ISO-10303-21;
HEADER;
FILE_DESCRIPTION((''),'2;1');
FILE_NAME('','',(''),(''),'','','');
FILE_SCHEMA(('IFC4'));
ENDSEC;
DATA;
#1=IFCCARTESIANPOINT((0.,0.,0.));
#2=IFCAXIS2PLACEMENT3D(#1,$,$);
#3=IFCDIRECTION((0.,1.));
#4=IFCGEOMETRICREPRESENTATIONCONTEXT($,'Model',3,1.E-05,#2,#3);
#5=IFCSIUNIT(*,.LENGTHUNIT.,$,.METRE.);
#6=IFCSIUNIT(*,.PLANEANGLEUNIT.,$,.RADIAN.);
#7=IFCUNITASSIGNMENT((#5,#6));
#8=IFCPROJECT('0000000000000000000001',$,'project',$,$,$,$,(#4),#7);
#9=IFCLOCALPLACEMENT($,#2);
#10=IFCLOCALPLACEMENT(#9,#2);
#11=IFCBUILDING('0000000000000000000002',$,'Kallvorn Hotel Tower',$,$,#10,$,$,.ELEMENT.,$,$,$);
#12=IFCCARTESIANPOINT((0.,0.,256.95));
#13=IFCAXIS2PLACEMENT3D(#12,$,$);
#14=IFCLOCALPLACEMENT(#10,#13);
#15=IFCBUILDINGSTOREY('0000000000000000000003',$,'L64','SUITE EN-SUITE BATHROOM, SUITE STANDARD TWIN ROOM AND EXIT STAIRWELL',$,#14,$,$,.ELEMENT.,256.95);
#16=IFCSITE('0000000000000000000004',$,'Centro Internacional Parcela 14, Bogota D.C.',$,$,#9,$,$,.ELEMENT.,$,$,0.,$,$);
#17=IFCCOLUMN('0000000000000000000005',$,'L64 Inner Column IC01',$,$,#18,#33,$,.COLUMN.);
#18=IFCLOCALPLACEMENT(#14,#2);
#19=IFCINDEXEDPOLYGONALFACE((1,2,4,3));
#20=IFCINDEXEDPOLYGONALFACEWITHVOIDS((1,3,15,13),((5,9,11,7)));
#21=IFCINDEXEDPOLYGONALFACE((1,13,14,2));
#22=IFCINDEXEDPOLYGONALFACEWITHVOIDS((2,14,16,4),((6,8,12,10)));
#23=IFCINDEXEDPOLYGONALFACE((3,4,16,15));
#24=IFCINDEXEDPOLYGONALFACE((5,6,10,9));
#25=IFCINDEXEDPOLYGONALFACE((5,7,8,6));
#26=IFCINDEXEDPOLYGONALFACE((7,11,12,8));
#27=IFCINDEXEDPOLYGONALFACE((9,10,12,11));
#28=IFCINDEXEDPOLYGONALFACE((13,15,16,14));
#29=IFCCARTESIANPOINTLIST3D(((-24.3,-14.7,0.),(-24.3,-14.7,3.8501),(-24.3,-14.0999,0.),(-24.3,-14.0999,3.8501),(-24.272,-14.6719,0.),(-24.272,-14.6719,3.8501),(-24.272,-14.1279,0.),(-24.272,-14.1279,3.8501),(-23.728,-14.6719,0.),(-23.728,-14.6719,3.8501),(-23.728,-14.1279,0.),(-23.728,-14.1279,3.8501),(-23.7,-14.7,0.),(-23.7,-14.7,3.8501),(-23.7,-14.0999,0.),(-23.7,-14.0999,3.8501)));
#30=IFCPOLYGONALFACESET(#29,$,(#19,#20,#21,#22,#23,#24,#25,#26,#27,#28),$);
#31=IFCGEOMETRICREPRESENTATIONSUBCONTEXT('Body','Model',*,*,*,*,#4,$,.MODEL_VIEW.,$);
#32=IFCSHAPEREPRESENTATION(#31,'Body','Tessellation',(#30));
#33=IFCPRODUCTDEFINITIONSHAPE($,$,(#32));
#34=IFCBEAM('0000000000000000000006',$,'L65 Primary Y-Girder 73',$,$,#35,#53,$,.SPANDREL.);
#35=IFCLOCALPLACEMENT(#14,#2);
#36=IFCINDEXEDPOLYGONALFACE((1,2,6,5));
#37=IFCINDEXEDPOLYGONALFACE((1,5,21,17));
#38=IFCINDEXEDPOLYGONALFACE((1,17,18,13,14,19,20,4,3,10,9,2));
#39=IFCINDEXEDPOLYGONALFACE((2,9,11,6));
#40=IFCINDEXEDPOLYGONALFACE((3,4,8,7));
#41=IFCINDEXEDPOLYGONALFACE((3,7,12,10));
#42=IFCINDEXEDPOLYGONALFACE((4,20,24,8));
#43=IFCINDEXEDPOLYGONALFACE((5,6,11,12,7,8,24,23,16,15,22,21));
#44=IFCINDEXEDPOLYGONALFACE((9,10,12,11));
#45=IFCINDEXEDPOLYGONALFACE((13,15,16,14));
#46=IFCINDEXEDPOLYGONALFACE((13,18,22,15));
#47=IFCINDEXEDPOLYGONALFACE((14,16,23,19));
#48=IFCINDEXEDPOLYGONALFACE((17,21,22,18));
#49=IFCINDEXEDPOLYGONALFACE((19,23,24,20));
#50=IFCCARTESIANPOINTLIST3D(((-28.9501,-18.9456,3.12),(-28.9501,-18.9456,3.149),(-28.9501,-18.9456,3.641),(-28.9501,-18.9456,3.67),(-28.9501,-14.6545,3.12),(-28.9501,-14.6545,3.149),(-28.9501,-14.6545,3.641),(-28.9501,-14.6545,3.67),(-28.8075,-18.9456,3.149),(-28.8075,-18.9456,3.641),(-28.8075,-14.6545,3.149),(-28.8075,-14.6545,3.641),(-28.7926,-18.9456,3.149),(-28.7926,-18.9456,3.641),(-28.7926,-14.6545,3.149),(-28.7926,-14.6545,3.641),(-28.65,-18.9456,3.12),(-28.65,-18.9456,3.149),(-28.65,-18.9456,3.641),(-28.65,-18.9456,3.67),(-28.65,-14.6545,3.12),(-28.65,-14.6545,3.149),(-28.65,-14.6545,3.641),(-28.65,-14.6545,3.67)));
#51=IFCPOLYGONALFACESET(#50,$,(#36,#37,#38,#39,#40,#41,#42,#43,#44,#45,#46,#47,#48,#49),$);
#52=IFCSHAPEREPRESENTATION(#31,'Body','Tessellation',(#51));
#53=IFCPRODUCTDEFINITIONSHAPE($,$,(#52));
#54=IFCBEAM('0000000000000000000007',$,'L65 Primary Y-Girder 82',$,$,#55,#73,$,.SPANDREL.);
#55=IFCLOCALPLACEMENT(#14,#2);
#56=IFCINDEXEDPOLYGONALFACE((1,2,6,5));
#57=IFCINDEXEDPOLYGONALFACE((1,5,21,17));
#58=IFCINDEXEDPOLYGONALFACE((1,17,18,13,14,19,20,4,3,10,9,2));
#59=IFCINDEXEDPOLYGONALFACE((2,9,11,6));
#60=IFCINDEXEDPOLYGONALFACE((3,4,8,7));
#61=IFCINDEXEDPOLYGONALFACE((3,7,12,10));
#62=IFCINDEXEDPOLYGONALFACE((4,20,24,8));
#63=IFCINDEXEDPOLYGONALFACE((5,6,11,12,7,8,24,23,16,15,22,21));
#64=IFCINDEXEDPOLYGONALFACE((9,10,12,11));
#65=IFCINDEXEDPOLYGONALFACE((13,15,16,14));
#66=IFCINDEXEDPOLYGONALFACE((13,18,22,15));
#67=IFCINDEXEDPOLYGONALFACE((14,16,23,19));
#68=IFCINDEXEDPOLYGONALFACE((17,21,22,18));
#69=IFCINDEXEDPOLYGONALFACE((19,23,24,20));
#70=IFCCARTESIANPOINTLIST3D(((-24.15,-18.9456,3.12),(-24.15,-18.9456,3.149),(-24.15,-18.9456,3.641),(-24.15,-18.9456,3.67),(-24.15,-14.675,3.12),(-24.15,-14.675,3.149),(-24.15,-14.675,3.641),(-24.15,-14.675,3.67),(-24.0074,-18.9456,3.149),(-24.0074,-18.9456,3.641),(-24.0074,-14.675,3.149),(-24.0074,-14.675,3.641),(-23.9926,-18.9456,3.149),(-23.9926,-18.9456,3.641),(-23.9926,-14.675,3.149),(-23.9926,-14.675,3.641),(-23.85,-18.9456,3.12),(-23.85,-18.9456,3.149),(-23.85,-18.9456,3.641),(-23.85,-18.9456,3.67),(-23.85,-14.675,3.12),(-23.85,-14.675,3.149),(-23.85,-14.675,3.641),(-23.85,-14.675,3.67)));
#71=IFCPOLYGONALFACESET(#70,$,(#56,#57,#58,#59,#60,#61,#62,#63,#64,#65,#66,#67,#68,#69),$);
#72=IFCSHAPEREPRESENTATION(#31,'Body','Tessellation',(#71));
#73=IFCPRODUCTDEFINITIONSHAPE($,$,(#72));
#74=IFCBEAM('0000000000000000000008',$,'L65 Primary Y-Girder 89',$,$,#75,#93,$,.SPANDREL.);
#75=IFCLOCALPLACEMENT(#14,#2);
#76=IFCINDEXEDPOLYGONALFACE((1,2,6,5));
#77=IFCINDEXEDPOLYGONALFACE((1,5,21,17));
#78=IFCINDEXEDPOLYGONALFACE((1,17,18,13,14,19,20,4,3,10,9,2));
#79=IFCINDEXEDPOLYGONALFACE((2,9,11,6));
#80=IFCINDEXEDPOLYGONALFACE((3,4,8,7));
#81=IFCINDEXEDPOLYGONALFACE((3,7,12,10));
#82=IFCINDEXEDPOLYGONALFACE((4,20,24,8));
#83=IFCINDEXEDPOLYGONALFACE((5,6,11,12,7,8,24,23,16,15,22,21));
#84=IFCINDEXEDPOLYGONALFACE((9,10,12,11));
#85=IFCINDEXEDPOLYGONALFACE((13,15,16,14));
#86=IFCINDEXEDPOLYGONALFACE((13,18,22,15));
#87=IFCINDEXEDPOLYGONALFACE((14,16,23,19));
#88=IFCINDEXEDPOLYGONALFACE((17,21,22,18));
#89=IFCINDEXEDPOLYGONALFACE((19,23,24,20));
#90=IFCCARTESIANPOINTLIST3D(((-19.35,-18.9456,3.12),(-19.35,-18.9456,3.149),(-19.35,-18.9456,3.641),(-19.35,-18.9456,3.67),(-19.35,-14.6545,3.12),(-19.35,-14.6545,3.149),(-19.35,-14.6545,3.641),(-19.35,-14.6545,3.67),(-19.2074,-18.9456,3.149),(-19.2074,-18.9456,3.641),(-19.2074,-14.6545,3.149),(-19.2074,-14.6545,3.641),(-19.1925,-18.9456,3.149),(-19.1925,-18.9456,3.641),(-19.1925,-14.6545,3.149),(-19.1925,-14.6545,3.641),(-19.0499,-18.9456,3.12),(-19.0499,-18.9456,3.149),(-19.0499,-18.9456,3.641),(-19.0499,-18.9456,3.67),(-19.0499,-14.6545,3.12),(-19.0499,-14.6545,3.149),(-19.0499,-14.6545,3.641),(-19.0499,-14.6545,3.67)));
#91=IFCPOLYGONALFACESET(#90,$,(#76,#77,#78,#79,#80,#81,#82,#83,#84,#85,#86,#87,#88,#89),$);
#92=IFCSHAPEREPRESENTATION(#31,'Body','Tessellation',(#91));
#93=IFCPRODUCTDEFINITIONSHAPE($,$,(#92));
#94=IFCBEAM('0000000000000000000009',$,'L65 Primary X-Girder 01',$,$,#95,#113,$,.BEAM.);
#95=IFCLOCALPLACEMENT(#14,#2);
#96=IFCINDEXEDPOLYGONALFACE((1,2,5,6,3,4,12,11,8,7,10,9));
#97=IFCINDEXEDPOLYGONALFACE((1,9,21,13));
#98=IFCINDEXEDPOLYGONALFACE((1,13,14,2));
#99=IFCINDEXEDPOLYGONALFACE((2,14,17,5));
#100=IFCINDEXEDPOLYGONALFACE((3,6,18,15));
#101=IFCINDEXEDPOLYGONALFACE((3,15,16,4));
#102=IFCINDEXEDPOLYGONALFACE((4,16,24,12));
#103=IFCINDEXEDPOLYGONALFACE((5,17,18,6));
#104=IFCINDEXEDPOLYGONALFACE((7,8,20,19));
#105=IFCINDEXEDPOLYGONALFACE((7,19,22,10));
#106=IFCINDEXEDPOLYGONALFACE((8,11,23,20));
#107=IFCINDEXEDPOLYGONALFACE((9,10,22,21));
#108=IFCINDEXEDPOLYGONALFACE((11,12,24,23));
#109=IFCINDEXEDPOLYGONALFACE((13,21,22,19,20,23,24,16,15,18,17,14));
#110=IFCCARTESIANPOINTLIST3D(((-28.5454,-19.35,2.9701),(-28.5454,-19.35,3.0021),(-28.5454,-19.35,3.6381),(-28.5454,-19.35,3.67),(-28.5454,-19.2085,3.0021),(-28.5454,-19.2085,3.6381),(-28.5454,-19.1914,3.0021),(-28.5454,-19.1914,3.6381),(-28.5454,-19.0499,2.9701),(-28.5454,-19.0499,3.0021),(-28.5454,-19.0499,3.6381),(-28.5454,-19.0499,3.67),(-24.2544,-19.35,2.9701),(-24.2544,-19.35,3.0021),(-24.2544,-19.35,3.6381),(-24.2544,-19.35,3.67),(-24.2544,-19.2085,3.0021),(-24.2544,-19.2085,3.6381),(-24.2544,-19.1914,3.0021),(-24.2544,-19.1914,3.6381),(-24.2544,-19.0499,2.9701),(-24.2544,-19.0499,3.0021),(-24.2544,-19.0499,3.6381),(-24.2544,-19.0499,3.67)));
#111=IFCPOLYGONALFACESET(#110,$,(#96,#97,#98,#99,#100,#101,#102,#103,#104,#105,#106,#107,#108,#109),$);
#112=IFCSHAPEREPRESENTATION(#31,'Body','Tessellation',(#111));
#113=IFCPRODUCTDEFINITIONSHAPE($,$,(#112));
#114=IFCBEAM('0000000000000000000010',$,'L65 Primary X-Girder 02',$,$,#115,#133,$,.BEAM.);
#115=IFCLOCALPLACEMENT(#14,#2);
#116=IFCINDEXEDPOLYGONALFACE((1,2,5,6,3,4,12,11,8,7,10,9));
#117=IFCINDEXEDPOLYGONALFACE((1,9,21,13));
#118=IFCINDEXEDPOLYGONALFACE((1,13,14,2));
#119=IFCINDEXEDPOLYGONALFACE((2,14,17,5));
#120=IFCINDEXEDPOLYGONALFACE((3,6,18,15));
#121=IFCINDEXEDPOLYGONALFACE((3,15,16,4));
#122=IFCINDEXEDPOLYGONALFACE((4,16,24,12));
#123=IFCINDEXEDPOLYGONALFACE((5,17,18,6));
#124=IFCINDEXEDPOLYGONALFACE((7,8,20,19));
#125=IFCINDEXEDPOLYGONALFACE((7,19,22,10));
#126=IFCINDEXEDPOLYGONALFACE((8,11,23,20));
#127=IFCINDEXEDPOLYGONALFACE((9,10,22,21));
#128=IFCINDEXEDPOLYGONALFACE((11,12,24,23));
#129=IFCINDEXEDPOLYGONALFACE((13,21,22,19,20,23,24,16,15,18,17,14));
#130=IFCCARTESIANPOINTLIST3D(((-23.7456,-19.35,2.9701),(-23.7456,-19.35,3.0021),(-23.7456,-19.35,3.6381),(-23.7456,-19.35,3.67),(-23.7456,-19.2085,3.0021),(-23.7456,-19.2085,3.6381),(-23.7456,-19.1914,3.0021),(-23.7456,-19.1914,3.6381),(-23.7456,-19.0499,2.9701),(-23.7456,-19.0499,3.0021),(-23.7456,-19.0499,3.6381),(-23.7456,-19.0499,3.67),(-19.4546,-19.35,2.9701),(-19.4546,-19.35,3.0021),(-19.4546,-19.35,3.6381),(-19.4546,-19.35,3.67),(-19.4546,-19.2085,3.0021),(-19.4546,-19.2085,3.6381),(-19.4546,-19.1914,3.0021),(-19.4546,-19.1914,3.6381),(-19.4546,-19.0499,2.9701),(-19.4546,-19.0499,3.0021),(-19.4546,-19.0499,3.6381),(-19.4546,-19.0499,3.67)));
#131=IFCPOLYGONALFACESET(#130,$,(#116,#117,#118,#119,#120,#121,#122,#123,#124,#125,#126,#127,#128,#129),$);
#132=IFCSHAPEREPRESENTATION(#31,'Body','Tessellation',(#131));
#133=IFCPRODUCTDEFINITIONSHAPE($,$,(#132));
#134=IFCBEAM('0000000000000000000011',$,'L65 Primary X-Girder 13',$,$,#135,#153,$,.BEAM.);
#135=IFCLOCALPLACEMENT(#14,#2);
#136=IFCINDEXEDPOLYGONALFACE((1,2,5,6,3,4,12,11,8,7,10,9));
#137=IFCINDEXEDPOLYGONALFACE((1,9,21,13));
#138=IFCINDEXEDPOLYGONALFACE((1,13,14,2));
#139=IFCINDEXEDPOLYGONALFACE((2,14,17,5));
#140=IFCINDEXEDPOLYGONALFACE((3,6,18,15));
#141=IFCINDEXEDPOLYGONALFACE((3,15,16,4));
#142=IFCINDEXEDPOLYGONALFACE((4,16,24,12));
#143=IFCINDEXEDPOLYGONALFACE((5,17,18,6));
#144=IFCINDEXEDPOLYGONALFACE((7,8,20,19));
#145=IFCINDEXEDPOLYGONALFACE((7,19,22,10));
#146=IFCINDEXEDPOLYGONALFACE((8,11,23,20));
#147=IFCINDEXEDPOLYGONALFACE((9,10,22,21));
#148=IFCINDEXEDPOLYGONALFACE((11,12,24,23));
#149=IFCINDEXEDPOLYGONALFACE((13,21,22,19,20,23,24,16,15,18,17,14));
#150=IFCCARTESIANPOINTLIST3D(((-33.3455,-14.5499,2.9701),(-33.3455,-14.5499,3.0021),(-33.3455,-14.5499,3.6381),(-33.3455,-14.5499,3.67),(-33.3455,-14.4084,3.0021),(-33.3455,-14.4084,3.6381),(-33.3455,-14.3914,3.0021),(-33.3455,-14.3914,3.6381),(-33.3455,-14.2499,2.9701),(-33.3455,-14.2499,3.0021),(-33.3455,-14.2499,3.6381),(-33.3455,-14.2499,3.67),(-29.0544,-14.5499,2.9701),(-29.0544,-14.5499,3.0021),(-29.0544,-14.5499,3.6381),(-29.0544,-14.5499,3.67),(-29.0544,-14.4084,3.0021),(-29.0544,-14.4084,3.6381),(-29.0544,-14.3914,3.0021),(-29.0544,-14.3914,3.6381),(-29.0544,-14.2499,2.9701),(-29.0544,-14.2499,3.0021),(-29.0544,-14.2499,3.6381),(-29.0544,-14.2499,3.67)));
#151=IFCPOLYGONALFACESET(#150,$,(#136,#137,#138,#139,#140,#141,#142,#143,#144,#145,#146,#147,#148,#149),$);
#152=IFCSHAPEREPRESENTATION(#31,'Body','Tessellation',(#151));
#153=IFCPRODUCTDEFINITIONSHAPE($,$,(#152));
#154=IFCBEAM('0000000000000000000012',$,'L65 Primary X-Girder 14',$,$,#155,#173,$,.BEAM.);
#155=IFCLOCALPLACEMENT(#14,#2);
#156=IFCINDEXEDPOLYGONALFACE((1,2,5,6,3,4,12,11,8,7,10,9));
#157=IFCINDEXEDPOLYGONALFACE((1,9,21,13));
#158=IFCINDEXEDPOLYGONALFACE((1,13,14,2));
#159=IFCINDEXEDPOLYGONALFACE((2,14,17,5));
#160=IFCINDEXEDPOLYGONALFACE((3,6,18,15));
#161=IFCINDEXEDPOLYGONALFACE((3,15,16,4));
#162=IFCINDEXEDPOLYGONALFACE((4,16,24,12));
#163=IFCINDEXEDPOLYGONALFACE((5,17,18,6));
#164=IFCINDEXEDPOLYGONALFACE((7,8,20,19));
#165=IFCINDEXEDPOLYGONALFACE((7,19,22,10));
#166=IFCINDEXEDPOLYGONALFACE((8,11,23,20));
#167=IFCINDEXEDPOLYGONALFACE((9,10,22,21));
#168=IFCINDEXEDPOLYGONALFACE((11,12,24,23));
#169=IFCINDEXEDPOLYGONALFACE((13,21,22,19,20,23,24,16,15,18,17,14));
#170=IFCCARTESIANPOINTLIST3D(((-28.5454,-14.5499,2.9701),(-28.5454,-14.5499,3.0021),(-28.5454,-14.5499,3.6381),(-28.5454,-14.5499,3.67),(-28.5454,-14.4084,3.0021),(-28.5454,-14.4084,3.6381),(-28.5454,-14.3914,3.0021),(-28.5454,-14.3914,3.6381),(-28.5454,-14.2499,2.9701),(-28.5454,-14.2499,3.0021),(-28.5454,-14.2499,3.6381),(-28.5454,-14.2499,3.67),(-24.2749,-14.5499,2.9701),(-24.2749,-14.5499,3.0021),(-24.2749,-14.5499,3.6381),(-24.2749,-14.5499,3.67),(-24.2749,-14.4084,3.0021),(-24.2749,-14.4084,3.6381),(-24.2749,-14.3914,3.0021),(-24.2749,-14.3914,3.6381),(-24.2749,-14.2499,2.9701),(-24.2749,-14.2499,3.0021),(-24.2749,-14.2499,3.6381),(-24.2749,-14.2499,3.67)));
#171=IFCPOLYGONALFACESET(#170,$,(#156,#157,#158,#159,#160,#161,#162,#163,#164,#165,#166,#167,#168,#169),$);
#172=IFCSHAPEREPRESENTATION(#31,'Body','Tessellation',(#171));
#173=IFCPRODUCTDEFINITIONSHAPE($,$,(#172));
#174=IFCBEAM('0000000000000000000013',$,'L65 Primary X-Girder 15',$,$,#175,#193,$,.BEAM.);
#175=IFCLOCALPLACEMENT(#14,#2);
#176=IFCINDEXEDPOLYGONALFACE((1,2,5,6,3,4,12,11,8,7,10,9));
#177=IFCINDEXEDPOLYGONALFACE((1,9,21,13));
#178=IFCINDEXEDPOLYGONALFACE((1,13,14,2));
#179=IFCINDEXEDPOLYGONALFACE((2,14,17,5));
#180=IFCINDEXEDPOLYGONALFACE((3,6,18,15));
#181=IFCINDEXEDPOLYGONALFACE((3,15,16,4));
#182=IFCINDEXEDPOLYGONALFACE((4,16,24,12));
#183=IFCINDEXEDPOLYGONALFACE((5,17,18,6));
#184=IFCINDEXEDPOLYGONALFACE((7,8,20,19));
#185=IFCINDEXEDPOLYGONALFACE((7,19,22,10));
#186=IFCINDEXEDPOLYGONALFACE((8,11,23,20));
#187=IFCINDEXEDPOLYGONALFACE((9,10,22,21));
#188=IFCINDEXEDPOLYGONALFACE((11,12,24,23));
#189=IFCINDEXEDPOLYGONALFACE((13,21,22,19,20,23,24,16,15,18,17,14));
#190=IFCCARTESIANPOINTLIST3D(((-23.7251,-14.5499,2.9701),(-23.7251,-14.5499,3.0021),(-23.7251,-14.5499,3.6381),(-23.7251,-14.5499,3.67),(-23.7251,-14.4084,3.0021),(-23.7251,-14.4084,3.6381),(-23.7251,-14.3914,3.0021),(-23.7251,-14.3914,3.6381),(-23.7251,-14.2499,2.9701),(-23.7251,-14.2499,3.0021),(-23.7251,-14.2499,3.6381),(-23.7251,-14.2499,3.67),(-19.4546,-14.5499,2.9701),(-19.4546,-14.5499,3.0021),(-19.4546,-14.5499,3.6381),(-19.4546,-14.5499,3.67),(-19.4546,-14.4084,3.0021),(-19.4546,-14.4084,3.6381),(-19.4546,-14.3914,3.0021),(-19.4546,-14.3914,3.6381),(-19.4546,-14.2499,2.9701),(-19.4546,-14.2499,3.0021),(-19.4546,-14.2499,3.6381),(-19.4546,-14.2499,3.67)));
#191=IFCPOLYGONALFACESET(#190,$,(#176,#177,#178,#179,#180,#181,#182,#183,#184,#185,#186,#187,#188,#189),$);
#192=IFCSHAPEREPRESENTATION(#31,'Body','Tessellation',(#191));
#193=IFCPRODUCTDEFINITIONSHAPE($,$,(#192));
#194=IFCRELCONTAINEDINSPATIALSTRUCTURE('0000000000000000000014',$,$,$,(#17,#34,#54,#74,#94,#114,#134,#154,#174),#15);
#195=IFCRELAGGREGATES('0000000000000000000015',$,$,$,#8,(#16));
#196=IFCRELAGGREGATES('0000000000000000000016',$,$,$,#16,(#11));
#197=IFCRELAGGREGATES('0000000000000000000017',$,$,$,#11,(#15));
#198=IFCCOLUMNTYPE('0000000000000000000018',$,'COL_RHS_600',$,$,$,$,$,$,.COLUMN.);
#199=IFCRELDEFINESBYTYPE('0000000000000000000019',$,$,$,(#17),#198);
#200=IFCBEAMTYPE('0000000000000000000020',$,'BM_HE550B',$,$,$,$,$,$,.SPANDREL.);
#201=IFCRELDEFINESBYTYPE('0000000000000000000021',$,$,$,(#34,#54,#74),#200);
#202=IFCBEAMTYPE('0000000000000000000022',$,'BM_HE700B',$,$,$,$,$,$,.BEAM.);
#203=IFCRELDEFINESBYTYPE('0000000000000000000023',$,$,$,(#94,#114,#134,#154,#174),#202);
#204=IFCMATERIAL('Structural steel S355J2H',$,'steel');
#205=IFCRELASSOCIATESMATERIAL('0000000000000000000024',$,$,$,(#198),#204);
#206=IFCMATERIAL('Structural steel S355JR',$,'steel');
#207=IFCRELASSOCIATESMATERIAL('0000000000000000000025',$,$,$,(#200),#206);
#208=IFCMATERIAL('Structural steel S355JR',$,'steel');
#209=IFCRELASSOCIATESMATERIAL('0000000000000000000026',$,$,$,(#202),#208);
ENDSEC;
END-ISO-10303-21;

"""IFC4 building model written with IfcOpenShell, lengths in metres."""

from ifc_helpers import new_model, si_unit, direction, frame, origin, origin_2d, place, context, subcontext, project, spatial, hollow_rectangle, i_section, extrude, material, material_profile, profile_set, type_object, element, save


model = new_model("IFC4")

# Units and contexts
model_context = context("Model", 3, precision=1e-05, world=origin(), true_north=direction((0.0, 1.0)))
body_context = subcontext(model_context, "Body", "Model", "MODEL_VIEW")
ifc_project = project(units=[si_unit("LENGTHUNIT", "METRE"), si_unit("PLANEANGLEUNIT", "RADIAN")], contexts=[model_context])

# Site, building, storey
site_placement = place(None, origin())
site = spatial("IfcSite", under=ifc_project, at=site_placement, Name="Centro Internacional Parcela 14, Bogota D.C.", CompositionType="ELEMENT", RefElevation=0.0)
building_placement = place(site_placement, origin())
building = spatial("IfcBuilding", under=site, at=building_placement, Name="Kallvorn Hotel Tower", CompositionType="ELEMENT")
storey_placement = place(building_placement, frame((0.0, 0.0, 256.95)))
storey = spatial("IfcBuildingStorey", under=building, at=storey_placement, Name="L64", Description="SUITE EN-SUITE BATHROOM, SUITE STANDARD TWIN ROOM AND EXIT STAIRWELL", CompositionType="ELEMENT", Elevation=256.95)

# Column
ifc_material_1 = material(Name="Structural steel S355J2H", Category="steel")
ifc_material_profile_1 = material_profile(ifc_material_1, hollow_rectangle(XDim=0.6001, YDim=0.6001, WallThickness=0.0281, at=origin_2d()), Name="RHS 600x600x28")
ifc_profile_set_1 = profile_set([ifc_material_profile_1], Name="Structural steel S355J2H")
column_type_1 = type_object("IfcColumnType", Name="COL_RHS_600", PredefinedType="COLUMN", material=ifc_profile_set_1)
column_placement = place(storey_placement, frame((-24.0, -14.3999, 0.0), z_axis=(0.0, 0.0, 1.0), x_axis=(1.0, 0.0, 0.0)))
element("IfcColumn", 1, at=column_placement, inside=storey, type_object=column_type_1, Name="L64 Inner Column IC01", PredefinedType="COLUMN", context=body_context, shape_type="SweptSolid", body=[
    extrude(hollow_rectangle(XDim=0.6001, YDim=0.6001, WallThickness=0.0281, at=origin_2d()), origin(), (0.0, 0.0, 1.0), 3.8501),
])

# Beams
ifc_material_2 = material(Name="Structural steel S355JR", Category="steel")
ifc_material_profile_2 = material_profile(ifc_material_2, i_section(OverallWidth=0.3, OverallDepth=0.55, WebThickness=0.0149, FlangeThickness=0.0291, at=origin_2d()), Name="HE 550 B")
ifc_profile_set_2 = profile_set([ifc_material_profile_2], Name="Structural steel S355JR")
beam_type_1 = type_object("IfcBeamType", Name="BM_HE550B", PredefinedType="SPANDREL", material=ifc_profile_set_2)
beam_1_placement = place(storey_placement, frame((-28.8, -18.9456, 3.395), z_axis=(0.0, 1.0, 0.0), x_axis=(-1.0, 0.0, 0.0)))
element("IfcBeam", 2, at=beam_1_placement, inside=storey, type_object=beam_type_1, Name="L65 Primary Y-Girder 73", PredefinedType="SPANDREL", context=body_context, shape_type="SweptSolid", body=[
    extrude(i_section(OverallWidth=0.3, OverallDepth=0.55, WebThickness=0.0149, FlangeThickness=0.0291, at=origin_2d()), origin(), (0.0, 0.0, 1.0), 4.291),
])
beam_2_placement = place(storey_placement, frame((-24.0, -18.9456, 3.395), z_axis=(0.0, 1.0, 0.0), x_axis=(-1.0, 0.0, 0.0)))
element("IfcBeam", 3, at=beam_2_placement, inside=storey, type_object=beam_type_1, Name="L65 Primary Y-Girder 82", PredefinedType="SPANDREL", context=body_context, shape_type="SweptSolid", body=[
    extrude(i_section(OverallWidth=0.3, OverallDepth=0.55, WebThickness=0.0149, FlangeThickness=0.0291, at=origin_2d()), origin(), (0.0, 0.0, 1.0), 4.2705),
])
beam_3_placement = place(storey_placement, frame((-19.2, -18.9456, 3.395), z_axis=(0.0, 1.0, 0.0), x_axis=(-1.0, 0.0, 0.0)))
element("IfcBeam", 4, at=beam_3_placement, inside=storey, type_object=beam_type_1, Name="L65 Primary Y-Girder 89", PredefinedType="SPANDREL", context=body_context, shape_type="SweptSolid", body=[
    extrude(i_section(OverallWidth=0.3, OverallDepth=0.55, WebThickness=0.0149, FlangeThickness=0.0291, at=origin_2d()), origin(), (0.0, 0.0, 1.0), 4.291),
])
ifc_material_3 = material(Name="Structural steel S355JR", Category="steel")
ifc_material_profile_3 = material_profile(ifc_material_3, i_section(OverallWidth=0.3, OverallDepth=0.7, WebThickness=0.0171, FlangeThickness=0.032, at=origin_2d()), Name="HE 700 B")
ifc_profile_set_3 = profile_set([ifc_material_profile_3], Name="Structural steel S355JR")
beam_type_2 = type_object("IfcBeamType", Name="BM_HE700B", PredefinedType="BEAM", material=ifc_profile_set_3)
for number, where, z_axis, x_axis, name in (
    (5, (-28.5454, -19.2, 3.3201), (1.0, 0.0, 0.0), (0.0, 1.0, 0.0), "L65 Primary X-Girder 01"),
    (6, (-23.7456, -19.2, 3.3201), (1.0, 0.0, 0.0), (0.0, 1.0, 0.0), "L65 Primary X-Girder 02"),
    (7, (-33.3455, -14.3999, 3.3201), (1.0, 0.0, 0.0), (0.0, 1.0, 0.0), "L65 Primary X-Girder 13"),
):
    element("IfcBeam", number, at=place(storey_placement, frame(where, z_axis=z_axis, x_axis=x_axis)), inside=storey, type_object=beam_type_2, Name=name, PredefinedType="BEAM", context=body_context, shape_type="SweptSolid", body=[
        extrude(i_section(OverallWidth=0.3, OverallDepth=0.7, WebThickness=0.0171, FlangeThickness=0.032, at=origin_2d()), origin(), (0.0, 0.0, 1.0), 4.291),
    ])
for number, where, z_axis, x_axis, name in (
    (8, (-28.5454, -14.3999, 3.3201), (1.0, 0.0, 0.0), (0.0, 1.0, 0.0), "L65 Primary X-Girder 14"),
    (9, (-23.7251, -14.3999, 3.3201), (1.0, 0.0, 0.0), (0.0, 1.0, 0.0), "L65 Primary X-Girder 15"),
):
    element("IfcBeam", number, at=place(storey_placement, frame(where, z_axis=z_axis, x_axis=x_axis)), inside=storey, type_object=beam_type_2, Name=name, PredefinedType="BEAM", context=body_context, shape_type="SweptSolid", body=[
        extrude(i_section(OverallWidth=0.3, OverallDepth=0.7, WebThickness=0.0171, FlangeThickness=0.032, at=origin_2d()), origin(), (0.0, 0.0, 1.0), 4.2705),
    ])

save(model, "model.ifc")
